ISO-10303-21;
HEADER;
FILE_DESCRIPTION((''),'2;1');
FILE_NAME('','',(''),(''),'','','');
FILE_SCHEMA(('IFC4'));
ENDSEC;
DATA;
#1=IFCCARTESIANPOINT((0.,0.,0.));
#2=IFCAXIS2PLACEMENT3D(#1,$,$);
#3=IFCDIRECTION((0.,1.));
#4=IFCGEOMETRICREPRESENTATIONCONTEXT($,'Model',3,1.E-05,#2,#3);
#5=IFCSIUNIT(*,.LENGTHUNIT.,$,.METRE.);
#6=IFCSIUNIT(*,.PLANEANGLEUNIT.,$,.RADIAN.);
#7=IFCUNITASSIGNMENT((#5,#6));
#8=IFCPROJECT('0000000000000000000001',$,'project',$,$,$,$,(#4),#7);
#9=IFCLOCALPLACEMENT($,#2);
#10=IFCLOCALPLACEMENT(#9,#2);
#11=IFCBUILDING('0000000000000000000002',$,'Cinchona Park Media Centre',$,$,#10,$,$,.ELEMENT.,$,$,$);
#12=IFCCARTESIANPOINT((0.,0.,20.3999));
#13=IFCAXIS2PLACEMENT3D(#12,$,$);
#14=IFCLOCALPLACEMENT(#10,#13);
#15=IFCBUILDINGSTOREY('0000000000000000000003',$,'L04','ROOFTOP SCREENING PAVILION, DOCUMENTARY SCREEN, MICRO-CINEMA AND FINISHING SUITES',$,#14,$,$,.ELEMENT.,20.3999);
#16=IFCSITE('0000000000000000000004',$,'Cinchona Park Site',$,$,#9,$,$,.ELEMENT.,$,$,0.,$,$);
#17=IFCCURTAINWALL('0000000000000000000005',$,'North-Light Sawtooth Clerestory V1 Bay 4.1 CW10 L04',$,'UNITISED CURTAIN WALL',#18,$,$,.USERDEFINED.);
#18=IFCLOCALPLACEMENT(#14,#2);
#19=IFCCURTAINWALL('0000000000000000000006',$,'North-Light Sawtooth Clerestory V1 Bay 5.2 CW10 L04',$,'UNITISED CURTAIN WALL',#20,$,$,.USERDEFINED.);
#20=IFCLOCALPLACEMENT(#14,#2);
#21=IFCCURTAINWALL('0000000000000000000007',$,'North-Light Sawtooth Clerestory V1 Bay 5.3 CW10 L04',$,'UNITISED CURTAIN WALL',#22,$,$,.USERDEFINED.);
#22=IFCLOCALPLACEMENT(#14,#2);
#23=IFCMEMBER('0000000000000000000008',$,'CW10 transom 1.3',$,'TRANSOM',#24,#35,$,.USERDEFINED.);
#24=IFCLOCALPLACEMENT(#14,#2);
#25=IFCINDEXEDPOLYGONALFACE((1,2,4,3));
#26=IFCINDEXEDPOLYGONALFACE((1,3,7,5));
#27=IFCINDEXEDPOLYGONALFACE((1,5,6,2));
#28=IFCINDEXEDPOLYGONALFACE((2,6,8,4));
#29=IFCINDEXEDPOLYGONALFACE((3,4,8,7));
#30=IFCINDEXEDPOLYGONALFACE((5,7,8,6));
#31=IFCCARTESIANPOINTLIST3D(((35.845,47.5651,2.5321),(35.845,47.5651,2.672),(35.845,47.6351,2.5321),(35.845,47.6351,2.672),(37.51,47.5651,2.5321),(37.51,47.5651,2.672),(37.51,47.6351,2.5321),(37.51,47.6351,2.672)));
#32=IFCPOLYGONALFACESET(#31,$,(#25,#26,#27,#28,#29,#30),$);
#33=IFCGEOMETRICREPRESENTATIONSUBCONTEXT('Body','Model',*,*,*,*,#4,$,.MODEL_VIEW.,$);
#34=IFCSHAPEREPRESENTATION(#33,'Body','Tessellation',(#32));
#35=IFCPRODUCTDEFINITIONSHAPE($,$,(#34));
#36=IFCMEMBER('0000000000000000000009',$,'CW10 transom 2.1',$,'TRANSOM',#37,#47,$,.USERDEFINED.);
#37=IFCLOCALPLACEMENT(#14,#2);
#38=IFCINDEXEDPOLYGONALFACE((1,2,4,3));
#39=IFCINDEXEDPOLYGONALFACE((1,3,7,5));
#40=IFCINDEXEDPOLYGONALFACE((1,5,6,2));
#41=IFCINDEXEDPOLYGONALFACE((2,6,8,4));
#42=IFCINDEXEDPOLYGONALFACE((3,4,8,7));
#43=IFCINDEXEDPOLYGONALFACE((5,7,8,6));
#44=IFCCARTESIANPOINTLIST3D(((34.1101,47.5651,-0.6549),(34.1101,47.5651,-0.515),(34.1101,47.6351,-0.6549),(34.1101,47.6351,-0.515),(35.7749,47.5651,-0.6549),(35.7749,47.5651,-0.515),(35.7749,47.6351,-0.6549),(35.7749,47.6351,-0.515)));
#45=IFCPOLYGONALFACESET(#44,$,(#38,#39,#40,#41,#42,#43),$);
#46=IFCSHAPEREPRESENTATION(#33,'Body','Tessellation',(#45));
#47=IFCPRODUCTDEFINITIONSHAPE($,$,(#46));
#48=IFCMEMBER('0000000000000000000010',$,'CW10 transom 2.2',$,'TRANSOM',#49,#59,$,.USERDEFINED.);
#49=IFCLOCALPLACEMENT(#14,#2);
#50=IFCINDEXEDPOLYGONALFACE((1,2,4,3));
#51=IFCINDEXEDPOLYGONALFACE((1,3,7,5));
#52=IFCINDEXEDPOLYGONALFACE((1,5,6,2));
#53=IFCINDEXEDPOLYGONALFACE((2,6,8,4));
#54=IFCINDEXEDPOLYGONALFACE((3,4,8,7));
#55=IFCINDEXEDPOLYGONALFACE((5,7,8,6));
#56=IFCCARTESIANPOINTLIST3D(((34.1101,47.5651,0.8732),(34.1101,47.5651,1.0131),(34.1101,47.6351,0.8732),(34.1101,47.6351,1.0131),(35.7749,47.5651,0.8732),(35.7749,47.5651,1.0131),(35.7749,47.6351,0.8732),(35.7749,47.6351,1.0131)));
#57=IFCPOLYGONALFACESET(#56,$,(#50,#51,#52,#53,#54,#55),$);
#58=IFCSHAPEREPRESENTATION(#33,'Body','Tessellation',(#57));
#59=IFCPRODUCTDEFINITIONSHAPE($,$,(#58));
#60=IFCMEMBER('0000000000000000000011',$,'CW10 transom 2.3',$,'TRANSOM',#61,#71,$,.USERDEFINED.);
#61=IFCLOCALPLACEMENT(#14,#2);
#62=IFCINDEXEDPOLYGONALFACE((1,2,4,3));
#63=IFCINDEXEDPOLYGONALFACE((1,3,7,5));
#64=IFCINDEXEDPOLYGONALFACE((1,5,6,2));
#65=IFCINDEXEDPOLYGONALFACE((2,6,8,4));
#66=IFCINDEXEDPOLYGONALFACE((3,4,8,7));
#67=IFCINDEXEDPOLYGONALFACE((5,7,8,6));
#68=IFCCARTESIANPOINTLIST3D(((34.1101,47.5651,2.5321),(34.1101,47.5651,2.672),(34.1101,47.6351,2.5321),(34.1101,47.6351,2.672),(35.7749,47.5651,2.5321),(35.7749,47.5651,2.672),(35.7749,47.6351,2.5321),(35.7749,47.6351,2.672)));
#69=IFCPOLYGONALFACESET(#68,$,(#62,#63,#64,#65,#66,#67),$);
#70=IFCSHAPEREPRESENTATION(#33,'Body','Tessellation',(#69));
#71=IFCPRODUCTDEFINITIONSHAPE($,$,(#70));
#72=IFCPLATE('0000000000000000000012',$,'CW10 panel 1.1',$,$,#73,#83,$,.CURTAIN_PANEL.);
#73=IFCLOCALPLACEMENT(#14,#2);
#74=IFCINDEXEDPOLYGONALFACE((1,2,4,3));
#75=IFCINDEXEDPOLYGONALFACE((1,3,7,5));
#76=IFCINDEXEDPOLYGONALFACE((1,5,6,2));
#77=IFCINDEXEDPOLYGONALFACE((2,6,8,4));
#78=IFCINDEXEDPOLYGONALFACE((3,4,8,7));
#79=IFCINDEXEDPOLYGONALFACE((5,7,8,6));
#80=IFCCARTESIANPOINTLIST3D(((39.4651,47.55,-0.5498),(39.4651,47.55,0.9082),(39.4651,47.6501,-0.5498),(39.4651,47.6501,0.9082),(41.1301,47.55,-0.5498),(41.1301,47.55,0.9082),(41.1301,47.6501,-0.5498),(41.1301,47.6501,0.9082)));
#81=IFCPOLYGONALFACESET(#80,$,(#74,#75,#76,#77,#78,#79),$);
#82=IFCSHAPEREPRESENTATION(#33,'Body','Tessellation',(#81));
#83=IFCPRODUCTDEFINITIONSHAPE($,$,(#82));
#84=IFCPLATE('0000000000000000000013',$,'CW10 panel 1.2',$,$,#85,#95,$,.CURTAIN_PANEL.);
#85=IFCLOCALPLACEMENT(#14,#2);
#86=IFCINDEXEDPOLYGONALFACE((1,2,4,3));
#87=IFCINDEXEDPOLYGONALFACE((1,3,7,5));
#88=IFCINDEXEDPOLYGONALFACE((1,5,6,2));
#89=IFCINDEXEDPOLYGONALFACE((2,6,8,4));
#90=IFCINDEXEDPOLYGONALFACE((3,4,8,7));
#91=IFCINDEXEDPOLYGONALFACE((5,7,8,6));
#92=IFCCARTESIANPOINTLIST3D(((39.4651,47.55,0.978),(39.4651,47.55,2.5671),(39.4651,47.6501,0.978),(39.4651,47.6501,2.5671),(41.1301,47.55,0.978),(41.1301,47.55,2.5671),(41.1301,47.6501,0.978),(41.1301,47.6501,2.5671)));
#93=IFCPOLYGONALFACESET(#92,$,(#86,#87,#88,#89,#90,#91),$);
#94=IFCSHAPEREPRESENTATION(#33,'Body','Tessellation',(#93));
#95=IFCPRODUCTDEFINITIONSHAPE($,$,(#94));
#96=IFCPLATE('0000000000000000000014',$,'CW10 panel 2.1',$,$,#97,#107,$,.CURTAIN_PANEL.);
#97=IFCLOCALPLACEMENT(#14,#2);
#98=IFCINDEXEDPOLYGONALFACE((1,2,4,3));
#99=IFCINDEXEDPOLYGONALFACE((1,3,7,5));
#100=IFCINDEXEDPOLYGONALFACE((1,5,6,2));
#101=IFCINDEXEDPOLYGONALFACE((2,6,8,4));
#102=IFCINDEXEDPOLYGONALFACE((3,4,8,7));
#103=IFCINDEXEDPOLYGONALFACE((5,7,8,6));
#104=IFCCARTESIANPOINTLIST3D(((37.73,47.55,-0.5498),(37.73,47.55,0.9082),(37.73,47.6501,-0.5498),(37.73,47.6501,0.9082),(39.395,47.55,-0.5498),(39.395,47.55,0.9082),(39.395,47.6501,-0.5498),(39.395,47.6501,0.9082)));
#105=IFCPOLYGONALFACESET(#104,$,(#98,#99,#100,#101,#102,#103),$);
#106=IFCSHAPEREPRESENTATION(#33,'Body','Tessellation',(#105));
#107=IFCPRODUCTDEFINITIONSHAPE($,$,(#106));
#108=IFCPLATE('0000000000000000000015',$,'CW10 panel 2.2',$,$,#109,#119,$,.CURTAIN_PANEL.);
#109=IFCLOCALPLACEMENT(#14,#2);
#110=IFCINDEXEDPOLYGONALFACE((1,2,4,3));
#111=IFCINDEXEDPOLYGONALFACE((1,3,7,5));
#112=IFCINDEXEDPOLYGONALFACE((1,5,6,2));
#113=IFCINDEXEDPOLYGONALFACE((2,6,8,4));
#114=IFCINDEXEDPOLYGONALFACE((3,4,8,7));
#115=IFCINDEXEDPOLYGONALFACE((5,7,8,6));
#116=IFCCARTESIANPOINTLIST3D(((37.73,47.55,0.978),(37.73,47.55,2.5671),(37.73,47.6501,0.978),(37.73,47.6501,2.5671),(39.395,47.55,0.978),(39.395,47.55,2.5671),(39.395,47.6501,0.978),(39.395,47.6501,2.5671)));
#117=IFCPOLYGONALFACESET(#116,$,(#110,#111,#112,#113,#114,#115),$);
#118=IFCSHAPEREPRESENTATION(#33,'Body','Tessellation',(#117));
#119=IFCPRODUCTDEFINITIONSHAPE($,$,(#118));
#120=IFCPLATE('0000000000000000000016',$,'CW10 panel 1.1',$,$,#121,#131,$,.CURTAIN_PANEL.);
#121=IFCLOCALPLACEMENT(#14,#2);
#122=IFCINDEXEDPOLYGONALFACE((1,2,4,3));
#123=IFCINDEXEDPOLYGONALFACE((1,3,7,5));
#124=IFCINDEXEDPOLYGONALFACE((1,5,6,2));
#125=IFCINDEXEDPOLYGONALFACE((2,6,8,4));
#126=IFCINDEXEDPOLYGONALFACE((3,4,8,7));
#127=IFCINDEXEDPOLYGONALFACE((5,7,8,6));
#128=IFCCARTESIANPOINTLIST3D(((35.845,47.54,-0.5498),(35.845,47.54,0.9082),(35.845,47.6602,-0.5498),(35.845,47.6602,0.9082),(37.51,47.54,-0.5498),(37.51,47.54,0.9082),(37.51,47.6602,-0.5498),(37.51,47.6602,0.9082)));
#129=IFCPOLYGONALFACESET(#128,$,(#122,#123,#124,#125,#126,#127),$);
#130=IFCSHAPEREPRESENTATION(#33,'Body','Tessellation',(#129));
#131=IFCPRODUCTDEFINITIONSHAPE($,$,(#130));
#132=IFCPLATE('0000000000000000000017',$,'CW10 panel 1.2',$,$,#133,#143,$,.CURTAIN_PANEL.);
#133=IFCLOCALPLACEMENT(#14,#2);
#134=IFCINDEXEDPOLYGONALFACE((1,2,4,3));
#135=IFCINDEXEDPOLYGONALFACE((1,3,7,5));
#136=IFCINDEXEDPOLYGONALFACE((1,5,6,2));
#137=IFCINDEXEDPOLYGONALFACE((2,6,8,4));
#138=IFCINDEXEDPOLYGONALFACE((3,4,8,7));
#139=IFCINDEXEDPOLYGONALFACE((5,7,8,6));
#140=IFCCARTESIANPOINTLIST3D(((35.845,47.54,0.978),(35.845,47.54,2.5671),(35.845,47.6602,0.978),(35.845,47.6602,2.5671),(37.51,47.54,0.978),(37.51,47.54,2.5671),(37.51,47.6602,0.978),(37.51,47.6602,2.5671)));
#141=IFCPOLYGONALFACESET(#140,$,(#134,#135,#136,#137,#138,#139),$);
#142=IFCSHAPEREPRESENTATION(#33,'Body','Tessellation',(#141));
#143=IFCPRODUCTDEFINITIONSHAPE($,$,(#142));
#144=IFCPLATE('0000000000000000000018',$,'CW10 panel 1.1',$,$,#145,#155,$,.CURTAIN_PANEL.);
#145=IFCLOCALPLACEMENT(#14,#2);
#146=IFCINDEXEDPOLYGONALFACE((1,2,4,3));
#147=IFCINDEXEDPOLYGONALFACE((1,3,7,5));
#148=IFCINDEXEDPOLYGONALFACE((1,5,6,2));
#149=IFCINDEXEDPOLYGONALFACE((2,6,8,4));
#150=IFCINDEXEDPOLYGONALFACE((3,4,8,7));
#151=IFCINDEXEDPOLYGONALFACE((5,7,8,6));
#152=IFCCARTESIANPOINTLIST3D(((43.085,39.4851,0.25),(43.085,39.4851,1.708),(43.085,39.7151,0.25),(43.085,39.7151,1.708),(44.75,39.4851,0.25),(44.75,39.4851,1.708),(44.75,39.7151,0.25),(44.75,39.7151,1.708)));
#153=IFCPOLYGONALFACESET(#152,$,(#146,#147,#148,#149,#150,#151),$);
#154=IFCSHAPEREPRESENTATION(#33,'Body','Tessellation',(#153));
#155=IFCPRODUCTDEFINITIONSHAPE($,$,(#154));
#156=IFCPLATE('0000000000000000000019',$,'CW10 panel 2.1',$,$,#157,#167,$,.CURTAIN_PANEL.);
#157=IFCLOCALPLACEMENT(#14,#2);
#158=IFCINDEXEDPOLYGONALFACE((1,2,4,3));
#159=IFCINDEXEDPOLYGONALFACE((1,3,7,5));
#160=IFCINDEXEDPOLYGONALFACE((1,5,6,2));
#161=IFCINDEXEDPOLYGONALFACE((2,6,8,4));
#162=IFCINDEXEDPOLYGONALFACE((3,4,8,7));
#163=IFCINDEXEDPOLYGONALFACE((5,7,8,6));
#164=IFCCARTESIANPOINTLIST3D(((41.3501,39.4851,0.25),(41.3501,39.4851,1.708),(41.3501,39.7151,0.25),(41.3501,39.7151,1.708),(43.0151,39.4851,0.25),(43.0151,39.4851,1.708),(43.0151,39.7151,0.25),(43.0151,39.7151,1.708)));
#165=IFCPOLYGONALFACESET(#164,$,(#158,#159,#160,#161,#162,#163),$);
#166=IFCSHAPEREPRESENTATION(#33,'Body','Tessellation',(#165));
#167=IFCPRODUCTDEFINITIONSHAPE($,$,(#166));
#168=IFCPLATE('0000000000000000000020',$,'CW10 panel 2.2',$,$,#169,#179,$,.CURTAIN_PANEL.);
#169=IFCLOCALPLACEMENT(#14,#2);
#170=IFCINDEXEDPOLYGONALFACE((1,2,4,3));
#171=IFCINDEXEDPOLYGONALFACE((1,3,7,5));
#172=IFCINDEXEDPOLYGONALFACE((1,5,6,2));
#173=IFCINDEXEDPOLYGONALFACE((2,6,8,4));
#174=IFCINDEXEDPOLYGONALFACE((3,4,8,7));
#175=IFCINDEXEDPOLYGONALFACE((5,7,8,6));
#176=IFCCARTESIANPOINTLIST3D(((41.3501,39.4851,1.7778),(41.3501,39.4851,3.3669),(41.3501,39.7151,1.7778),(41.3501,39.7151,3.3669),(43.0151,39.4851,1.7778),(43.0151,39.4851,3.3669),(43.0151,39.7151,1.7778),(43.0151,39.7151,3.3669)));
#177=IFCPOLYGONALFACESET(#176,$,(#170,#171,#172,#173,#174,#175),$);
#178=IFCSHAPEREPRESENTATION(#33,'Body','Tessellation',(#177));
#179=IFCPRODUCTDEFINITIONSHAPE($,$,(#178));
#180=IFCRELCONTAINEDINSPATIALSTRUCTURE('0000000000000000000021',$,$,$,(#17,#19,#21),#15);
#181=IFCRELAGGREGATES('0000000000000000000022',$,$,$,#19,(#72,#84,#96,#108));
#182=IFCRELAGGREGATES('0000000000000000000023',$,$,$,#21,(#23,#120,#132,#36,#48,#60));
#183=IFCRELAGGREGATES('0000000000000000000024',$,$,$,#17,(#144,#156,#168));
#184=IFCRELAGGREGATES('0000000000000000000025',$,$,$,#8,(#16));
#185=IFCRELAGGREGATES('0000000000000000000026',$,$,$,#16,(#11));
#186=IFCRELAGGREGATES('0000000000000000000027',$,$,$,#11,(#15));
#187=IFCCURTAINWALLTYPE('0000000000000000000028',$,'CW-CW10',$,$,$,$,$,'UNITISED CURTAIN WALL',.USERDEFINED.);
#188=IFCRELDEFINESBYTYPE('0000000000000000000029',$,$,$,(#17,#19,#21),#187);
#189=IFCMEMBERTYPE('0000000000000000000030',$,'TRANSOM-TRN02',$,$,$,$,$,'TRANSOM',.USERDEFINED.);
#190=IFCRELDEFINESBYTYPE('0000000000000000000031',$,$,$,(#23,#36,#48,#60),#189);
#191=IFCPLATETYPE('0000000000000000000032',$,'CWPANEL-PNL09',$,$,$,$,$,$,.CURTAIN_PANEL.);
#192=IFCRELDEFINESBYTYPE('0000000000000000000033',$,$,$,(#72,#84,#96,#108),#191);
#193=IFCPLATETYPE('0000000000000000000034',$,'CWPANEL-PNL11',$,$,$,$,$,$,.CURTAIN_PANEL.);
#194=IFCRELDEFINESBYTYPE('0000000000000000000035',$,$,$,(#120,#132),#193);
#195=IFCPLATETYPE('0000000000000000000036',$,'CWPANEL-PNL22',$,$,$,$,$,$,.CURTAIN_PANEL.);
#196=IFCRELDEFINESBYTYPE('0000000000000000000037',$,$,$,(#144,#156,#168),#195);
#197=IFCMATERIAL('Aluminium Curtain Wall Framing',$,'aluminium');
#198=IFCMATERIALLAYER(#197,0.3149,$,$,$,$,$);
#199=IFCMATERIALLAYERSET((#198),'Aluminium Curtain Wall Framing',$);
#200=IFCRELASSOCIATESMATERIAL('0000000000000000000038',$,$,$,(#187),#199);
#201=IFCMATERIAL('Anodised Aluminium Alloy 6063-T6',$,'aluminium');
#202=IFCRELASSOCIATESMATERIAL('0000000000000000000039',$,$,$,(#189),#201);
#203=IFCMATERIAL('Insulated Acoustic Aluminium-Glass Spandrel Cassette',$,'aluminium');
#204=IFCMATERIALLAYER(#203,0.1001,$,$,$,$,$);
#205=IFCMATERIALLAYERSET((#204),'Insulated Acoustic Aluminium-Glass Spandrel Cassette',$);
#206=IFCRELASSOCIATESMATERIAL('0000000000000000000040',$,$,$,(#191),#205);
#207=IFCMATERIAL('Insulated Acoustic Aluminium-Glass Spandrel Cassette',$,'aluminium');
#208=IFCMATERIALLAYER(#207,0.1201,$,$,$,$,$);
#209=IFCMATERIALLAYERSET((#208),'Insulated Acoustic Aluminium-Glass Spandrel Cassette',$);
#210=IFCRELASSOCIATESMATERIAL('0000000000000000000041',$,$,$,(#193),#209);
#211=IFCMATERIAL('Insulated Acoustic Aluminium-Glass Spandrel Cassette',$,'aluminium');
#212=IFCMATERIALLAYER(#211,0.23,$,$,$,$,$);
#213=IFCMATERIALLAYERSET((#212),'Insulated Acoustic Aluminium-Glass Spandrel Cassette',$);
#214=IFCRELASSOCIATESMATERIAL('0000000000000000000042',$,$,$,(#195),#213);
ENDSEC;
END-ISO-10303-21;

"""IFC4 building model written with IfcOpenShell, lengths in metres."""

from ifc_helpers import new_model, si_unit, direction, frame, origin, origin_2d, place, context, subcontext, project, spatial, rectangle, extrude, material, layer, layer_set, material_profile, profile_set, type_object, element, aggregate, save


model = new_model("IFC4")

# Units and contexts
model_context = context("Model", 3, precision=1e-05, world=origin(), true_north=direction((0.0, 1.0)))
body_context = subcontext(model_context, "Body", "Model", "MODEL_VIEW")
ifc_project = project(units=[si_unit("LENGTHUNIT", "METRE"), si_unit("PLANEANGLEUNIT", "RADIAN")], contexts=[model_context])

# Site, building, storey
site_placement = place(None, origin())
site = spatial("IfcSite", under=ifc_project, at=site_placement, Name="Cinchona Park Site", CompositionType="ELEMENT", RefElevation=0.0)
building_placement = place(site_placement, origin())
building = spatial("IfcBuilding", under=site, at=building_placement, Name="Cinchona Park Media Centre", CompositionType="ELEMENT")
storey_placement = place(building_placement, frame((0.0, 0.0, 20.3999)))
storey = spatial("IfcBuildingStorey", under=building, at=storey_placement, Name="L04", Description="ROOFTOP SCREENING PAVILION, DOCUMENTARY SCREEN, MICRO-CINEMA AND FINISHING SUITES", CompositionType="ELEMENT", Elevation=20.3999)

# Curtain wall
ifc_material_1 = material(Name="Aluminium Curtain Wall Framing", Category="aluminium")
ifc_layer_1 = layer(ifc_material_1, 0.3149)
ifc_layer_set_1 = layer_set([ifc_layer_1], Name="Aluminium Curtain Wall Framing")
curtain_wall_type = type_object("IfcCurtainWallType", Name="CW-CW10", ElementType="UNITISED CURTAIN WALL", PredefinedType="USERDEFINED", material=ifc_layer_set_1)
curtain_wall_1_placement = place(storey_placement, origin())
curtain_wall_1 = element("IfcCurtainWall", 1, at=curtain_wall_1_placement, inside=storey, type_object=curtain_wall_type, Name="North-Light Sawtooth Clerestory V1 Bay 4.1 CW10 L04", ObjectType="UNITISED CURTAIN WALL", PredefinedType="USERDEFINED")

# Curtain walls
curtain_wall_2_placement = place(storey_placement, origin())
curtain_wall_2 = element("IfcCurtainWall", 2, at=curtain_wall_2_placement, inside=storey, type_object=curtain_wall_type, Name="North-Light Sawtooth Clerestory V1 Bay 5.2 CW10 L04", ObjectType="UNITISED CURTAIN WALL", PredefinedType="USERDEFINED")
curtain_wall_3_placement = place(storey_placement, origin())
curtain_wall_3 = element("IfcCurtainWall", 3, at=curtain_wall_3_placement, inside=storey, type_object=curtain_wall_type, Name="North-Light Sawtooth Clerestory V1 Bay 5.3 CW10 L04", ObjectType="UNITISED CURTAIN WALL", PredefinedType="USERDEFINED")

# Members
ifc_material_2 = material(Name="Anodised Aluminium Alloy 6063-T6", Category="aluminium")
ifc_material_profile_1 = material_profile(ifc_material_2, rectangle(XDim=0.0701, YDim=0.1399, at=origin_2d()), Name="TRN-70X140")
ifc_profile_set_1 = profile_set([ifc_material_profile_1], Name="Anodised Aluminium Alloy 6063-T6")
member_type_1 = type_object("IfcMemberType", Name="TRANSOM-TRN02", ElementType="TRANSOM", PredefinedType="USERDEFINED", material=ifc_profile_set_1)
member_1_placement = place(storey_placement, frame((37.51, 47.6001, 2.6021), z_axis=(-1.0, 0.0, 0.0), x_axis=(0.0, -1.0, 0.0)))
member_1 = element("IfcMember", 4, at=member_1_placement, type_object=member_type_1, Name="CW10 transom 1.3", ObjectType="TRANSOM", PredefinedType="USERDEFINED", context=body_context, shape_type="SweptSolid", body=[
    extrude(rectangle(XDim=0.0701, YDim=0.1399, at=origin_2d()), origin(), (0.0, 0.0, 1.0), 1.665),
])
member_2_placement = place(storey_placement, frame((35.7749, 47.6001, -0.585), z_axis=(-1.0, 0.0, 0.0), x_axis=(0.0, -1.0, 0.0)))
member_2 = element("IfcMember", 5, at=member_2_placement, type_object=member_type_1, Name="CW10 transom 2.1", ObjectType="TRANSOM", PredefinedType="USERDEFINED", context=body_context, shape_type="SweptSolid", body=[
    extrude(rectangle(XDim=0.0701, YDim=0.1399, at=origin_2d()), origin(), (0.0, 0.0, 1.0), 1.6648),
])
member_3_placement = place(storey_placement, frame((35.7749, 47.6001, 0.9431), z_axis=(-1.0, 0.0, 0.0), x_axis=(0.0, -1.0, 0.0)))
member_3 = element("IfcMember", 6, at=member_3_placement, type_object=member_type_1, Name="CW10 transom 2.2", ObjectType="TRANSOM", PredefinedType="USERDEFINED", context=body_context, shape_type="SweptSolid", body=[
    extrude(rectangle(XDim=0.0701, YDim=0.1399, at=origin_2d()), origin(), (0.0, 0.0, 1.0), 1.6648),
])
member_4_placement = place(storey_placement, frame((35.7749, 47.6001, 2.6021), z_axis=(-1.0, 0.0, 0.0), x_axis=(0.0, -1.0, 0.0)))
member_4 = element("IfcMember", 7, at=member_4_placement, type_object=member_type_1, Name="CW10 transom 2.3", ObjectType="TRANSOM", PredefinedType="USERDEFINED", context=body_context, shape_type="SweptSolid", body=[
    extrude(rectangle(XDim=0.0701, YDim=0.1399, at=origin_2d()), origin(), (0.0, 0.0, 1.0), 1.6648),
])

# Plates
ifc_material_3 = material(Name="Insulated Acoustic Aluminium-Glass Spandrel Cassette", Category="aluminium")
ifc_layer_2 = layer(ifc_material_3, 0.1001)
ifc_layer_set_2 = layer_set([ifc_layer_2], Name="Insulated Acoustic Aluminium-Glass Spandrel Cassette")
plate_type_1 = type_object("IfcPlateType", Name="CWPANEL-PNL09", PredefinedType="CURTAIN_PANEL", material=ifc_layer_set_2)
plate_1_placement = place(storey_placement, frame((40.2976, 47.6001, -0.5498), z_axis=(0.0, 0.0, 1.0), x_axis=(-1.0, 0.0, 0.0)))
plate_1 = element("IfcPlate", 8, at=plate_1_placement, type_object=plate_type_1, Name="CW10 panel 1.1", PredefinedType="CURTAIN_PANEL", context=body_context, shape_type="SweptSolid", body=[
    extrude(rectangle(XDim=1.665, YDim=0.1001, at=origin_2d()), origin(), (0.0, 0.0, 1.0), 1.458),
])
plate_2_placement = place(storey_placement, frame((40.2976, 47.6001, 0.978), z_axis=(0.0, 0.0, 1.0), x_axis=(-1.0, 0.0, 0.0)))
plate_2 = element("IfcPlate", 9, at=plate_2_placement, type_object=plate_type_1, Name="CW10 panel 1.2", PredefinedType="CURTAIN_PANEL", context=body_context, shape_type="SweptSolid", body=[
    extrude(rectangle(XDim=1.665, YDim=0.1001, at=origin_2d()), origin(), (0.0, 0.0, 1.0), 1.5891),
])
plate_3_placement = place(storey_placement, frame((38.5625, 47.6001, -0.5498), z_axis=(0.0, 0.0, 1.0), x_axis=(-1.0, 0.0, 0.0)))
plate_3 = element("IfcPlate", 10, at=plate_3_placement, type_object=plate_type_1, Name="CW10 panel 2.1", PredefinedType="CURTAIN_PANEL", context=body_context, shape_type="SweptSolid", body=[
    extrude(rectangle(XDim=1.665, YDim=0.1001, at=origin_2d()), origin(), (0.0, 0.0, 1.0), 1.458),
])
plate_4_placement = place(storey_placement, frame((38.5625, 47.6001, 0.978), z_axis=(0.0, 0.0, 1.0), x_axis=(-1.0, 0.0, 0.0)))
plate_4 = element("IfcPlate", 11, at=plate_4_placement, type_object=plate_type_1, Name="CW10 panel 2.2", PredefinedType="CURTAIN_PANEL", context=body_context, shape_type="SweptSolid", body=[
    extrude(rectangle(XDim=1.665, YDim=0.1001, at=origin_2d()), origin(), (0.0, 0.0, 1.0), 1.5891),
])
aggregate(curtain_wall_2, [plate_1, plate_2, plate_3, plate_4])
ifc_material_4 = material(Name="Insulated Acoustic Aluminium-Glass Spandrel Cassette", Category="aluminium")
ifc_layer_3 = layer(ifc_material_4, 0.1201)
ifc_layer_set_3 = layer_set([ifc_layer_3], Name="Insulated Acoustic Aluminium-Glass Spandrel Cassette")
plate_type_2 = type_object("IfcPlateType", Name="CWPANEL-PNL11", PredefinedType="CURTAIN_PANEL", material=ifc_layer_set_3)
plate_5_placement = place(storey_placement, frame((36.6775, 47.6001, -0.5498), z_axis=(0.0, 0.0, 1.0), x_axis=(-1.0, 0.0, 0.0)))
plate_5 = element("IfcPlate", 12, at=plate_5_placement, type_object=plate_type_2, Name="CW10 panel 1.1", PredefinedType="CURTAIN_PANEL", context=body_context, shape_type="SweptSolid", body=[
    extrude(rectangle(XDim=1.665, YDim=0.1201, at=origin_2d()), origin(), (0.0, 0.0, 1.0), 1.458),
])
plate_6_placement = place(storey_placement, frame((36.6775, 47.6001, 0.978), z_axis=(0.0, 0.0, 1.0), x_axis=(-1.0, 0.0, 0.0)))
plate_6 = element("IfcPlate", 13, at=plate_6_placement, type_object=plate_type_2, Name="CW10 panel 1.2", PredefinedType="CURTAIN_PANEL", context=body_context, shape_type="SweptSolid", body=[
    extrude(rectangle(XDim=1.665, YDim=0.1201, at=origin_2d()), origin(), (0.0, 0.0, 1.0), 1.5891),
])
aggregate(curtain_wall_3, [member_1, plate_5, plate_6, member_2, member_3, member_4])
ifc_material_5 = material(Name="Insulated Acoustic Aluminium-Glass Spandrel Cassette", Category="aluminium")
ifc_layer_4 = layer(ifc_material_5, 0.23)
ifc_layer_set_4 = layer_set([ifc_layer_4], Name="Insulated Acoustic Aluminium-Glass Spandrel Cassette")
plate_type_3 = type_object("IfcPlateType", Name="CWPANEL-PNL22", PredefinedType="CURTAIN_PANEL", material=ifc_layer_set_4)
plate_7_placement = place(storey_placement, frame((43.9175, 39.6001, 0.25), z_axis=(0.0, 0.0, 1.0), x_axis=(-1.0, 0.0, 0.0)))
plate_7 = element("IfcPlate", 14, at=plate_7_placement, type_object=plate_type_3, Name="CW10 panel 1.1", PredefinedType="CURTAIN_PANEL", context=body_context, shape_type="SweptSolid", body=[
    extrude(rectangle(XDim=1.665, YDim=0.23, at=origin_2d()), origin(), (0.0, 0.0, 1.0), 1.458),
])
plate_8_placement = place(storey_placement, frame((42.1826, 39.6001, 0.25), z_axis=(0.0, 0.0, 1.0), x_axis=(-1.0, 0.0, 0.0)))
plate_8 = element("IfcPlate", 15, at=plate_8_placement, type_object=plate_type_3, Name="CW10 panel 2.1", PredefinedType="CURTAIN_PANEL", context=body_context, shape_type="SweptSolid", body=[
    extrude(rectangle(XDim=1.665, YDim=0.23, at=origin_2d()), origin(), (0.0, 0.0, 1.0), 1.458),
])
plate_9_placement = place(storey_placement, frame((42.1826, 39.6001, 1.7778), z_axis=(0.0, 0.0, 1.0), x_axis=(-1.0, 0.0, 0.0)))
plate_9 = element("IfcPlate", 16, at=plate_9_placement, type_object=plate_type_3, Name="CW10 panel 2.2", PredefinedType="CURTAIN_PANEL", context=body_context, shape_type="SweptSolid", body=[
    extrude(rectangle(XDim=1.665, YDim=0.23, at=origin_2d()), origin(), (0.0, 0.0, 1.0), 1.5891),
])
aggregate(curtain_wall_1, [plate_7, plate_8, plate_9])

save(model, "model.ifc")
